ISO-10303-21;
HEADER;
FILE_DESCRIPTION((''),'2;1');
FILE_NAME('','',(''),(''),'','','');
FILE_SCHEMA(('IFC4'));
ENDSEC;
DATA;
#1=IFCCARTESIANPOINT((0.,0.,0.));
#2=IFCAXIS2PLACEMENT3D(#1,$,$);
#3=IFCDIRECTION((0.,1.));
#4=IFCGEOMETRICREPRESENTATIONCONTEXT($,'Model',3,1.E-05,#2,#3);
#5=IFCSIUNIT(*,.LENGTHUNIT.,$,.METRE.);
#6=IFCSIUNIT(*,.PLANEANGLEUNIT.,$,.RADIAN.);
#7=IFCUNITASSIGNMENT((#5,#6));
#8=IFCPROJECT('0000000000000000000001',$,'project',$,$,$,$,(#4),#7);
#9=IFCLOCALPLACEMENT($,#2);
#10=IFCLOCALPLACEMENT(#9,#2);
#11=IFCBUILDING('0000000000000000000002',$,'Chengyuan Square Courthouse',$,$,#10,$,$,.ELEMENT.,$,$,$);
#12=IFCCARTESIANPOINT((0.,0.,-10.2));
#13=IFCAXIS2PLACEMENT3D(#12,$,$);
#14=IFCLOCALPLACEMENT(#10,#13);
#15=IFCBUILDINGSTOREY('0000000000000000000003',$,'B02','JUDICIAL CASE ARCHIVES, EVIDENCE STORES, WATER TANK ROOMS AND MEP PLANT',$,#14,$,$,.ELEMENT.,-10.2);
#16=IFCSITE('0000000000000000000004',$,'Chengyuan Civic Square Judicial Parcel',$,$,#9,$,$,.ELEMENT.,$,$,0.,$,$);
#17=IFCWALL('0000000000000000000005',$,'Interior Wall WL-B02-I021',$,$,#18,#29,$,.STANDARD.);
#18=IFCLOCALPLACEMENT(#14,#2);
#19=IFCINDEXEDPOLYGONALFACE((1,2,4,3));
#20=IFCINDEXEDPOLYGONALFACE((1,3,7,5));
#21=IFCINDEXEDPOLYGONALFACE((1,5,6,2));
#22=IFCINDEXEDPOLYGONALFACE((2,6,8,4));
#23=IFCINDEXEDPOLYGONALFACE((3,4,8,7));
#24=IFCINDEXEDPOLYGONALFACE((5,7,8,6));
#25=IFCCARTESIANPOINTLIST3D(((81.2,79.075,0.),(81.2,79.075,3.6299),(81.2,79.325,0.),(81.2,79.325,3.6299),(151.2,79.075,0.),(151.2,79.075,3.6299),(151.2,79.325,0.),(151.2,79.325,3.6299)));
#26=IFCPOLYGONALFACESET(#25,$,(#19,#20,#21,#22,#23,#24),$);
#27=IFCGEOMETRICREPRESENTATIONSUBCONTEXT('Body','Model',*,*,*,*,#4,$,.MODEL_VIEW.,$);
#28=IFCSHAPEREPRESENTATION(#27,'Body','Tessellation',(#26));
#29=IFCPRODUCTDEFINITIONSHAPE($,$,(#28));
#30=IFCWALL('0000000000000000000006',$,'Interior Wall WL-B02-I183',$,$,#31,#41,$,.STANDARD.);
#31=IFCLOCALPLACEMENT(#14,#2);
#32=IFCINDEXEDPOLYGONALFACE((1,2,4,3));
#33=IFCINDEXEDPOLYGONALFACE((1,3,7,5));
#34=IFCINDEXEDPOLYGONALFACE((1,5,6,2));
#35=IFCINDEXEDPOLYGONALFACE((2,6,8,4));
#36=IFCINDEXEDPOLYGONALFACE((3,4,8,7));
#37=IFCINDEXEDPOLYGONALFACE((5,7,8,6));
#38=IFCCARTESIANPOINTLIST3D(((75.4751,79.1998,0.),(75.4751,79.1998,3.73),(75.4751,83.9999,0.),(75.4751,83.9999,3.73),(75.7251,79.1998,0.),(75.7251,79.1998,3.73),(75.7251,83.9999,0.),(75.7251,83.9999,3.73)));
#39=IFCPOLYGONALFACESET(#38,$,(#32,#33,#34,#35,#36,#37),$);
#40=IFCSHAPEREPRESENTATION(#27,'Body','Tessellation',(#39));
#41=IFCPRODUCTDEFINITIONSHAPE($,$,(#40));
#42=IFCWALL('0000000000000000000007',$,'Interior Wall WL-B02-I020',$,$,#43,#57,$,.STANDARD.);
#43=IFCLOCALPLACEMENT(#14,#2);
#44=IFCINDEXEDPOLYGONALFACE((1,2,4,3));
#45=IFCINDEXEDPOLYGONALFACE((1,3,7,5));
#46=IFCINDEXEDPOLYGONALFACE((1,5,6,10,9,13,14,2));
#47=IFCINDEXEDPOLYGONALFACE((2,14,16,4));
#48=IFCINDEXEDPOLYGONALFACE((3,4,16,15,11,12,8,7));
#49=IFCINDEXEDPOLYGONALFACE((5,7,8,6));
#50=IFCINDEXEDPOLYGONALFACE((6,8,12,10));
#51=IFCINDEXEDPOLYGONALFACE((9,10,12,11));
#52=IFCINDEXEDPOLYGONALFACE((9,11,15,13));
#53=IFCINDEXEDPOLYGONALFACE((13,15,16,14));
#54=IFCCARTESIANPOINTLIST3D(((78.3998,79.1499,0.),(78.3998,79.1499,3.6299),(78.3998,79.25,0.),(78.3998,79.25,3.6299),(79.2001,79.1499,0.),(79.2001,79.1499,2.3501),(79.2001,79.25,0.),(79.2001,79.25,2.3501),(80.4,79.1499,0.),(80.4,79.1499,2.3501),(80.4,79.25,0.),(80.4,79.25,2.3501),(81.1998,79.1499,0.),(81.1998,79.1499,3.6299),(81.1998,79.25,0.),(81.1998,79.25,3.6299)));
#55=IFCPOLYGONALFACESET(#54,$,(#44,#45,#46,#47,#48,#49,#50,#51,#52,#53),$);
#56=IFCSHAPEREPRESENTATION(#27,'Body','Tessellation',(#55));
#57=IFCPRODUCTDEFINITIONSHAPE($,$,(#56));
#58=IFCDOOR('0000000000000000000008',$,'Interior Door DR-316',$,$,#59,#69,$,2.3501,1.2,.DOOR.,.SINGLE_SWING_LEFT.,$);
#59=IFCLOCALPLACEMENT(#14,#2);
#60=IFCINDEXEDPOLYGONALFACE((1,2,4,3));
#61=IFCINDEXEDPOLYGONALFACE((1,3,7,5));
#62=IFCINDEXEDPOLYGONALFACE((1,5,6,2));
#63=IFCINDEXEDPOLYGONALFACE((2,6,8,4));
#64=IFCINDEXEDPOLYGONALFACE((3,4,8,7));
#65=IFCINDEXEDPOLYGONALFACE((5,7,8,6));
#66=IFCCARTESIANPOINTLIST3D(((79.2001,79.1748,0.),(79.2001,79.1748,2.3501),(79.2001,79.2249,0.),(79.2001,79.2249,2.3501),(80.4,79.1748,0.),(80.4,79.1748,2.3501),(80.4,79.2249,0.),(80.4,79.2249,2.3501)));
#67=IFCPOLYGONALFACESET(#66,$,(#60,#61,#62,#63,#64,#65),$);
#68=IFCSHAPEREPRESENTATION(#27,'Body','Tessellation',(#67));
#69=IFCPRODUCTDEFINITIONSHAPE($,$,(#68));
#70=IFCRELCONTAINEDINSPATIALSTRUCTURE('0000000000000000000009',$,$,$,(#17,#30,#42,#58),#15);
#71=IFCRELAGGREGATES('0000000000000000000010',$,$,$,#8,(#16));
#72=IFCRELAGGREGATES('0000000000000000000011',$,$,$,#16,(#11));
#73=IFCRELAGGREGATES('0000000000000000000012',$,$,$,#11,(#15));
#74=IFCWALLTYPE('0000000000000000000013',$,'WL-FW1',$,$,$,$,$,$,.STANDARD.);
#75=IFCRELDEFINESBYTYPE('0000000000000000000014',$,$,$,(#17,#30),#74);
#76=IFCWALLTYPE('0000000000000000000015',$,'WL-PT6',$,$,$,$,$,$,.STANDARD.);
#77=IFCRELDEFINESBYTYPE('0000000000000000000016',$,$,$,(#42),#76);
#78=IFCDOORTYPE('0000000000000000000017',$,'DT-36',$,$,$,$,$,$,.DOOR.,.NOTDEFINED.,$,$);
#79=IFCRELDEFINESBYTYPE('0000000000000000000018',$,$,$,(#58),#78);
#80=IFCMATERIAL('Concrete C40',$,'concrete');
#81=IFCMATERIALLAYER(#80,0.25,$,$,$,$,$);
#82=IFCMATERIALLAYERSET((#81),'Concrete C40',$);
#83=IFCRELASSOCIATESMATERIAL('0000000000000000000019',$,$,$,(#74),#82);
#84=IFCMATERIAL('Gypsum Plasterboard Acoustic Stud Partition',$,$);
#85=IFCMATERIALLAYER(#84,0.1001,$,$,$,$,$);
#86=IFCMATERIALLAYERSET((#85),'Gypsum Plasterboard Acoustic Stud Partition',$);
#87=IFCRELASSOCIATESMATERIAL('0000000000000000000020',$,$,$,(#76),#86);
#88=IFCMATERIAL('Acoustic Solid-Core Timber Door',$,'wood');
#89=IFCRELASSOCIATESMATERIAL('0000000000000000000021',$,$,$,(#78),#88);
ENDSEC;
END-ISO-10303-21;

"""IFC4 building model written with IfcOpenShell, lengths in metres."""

from ifc_helpers import new_model, si_unit, direction, frame, frame_2d, origin, place, context, subcontext, project, spatial, rectangle, extrude, material, layer, layer_set, type_object, element, fill, save


model = new_model("IFC4")

# Units and contexts
model_context = context("Model", 3, precision=1e-05, world=origin(), true_north=direction((0.0, 1.0)))
body_context = subcontext(model_context, "Body", "Model", "MODEL_VIEW")
ifc_project = project(units=[si_unit("LENGTHUNIT", "METRE"), si_unit("PLANEANGLEUNIT", "RADIAN")], contexts=[model_context])

# Site, building, storey
site_placement = place(None, origin())
site = spatial("IfcSite", under=ifc_project, at=site_placement, Name="Chengyuan Civic Square Judicial Parcel", CompositionType="ELEMENT", RefElevation=0.0)
building_placement = place(site_placement, origin())
building = spatial("IfcBuilding", under=site, at=building_placement, Name="Chengyuan Square Courthouse", CompositionType="ELEMENT")
storey_placement = place(building_placement, frame((0.0, 0.0, -10.2)))
storey = spatial("IfcBuildingStorey", under=building, at=storey_placement, Name="B02", Description="JUDICIAL CASE ARCHIVES, EVIDENCE STORES, WATER TANK ROOMS AND MEP PLANT", CompositionType="ELEMENT", Elevation=-10.2)

# Shared definitions
ifc_material_1 = material(Name="Concrete C40", Category="concrete")

# Walls
ifc_layer_1 = layer(ifc_material_1, 0.25)
ifc_layer_set_1 = layer_set([ifc_layer_1], Name="Concrete C40")
wall_type_1 = type_object("IfcWallType", Name="WL-FW1", PredefinedType="STANDARD", material=ifc_layer_set_1)
wall_1_placement = place(storey_placement, frame((81.2, 79.2, 0.0), z_axis=(0.0, 0.0, 1.0), x_axis=(1.0, 0.0, 0.0)))
element("IfcWall", 1, at=wall_1_placement, inside=storey, type_object=wall_type_1, Name="Interior Wall WL-B02-I021", PredefinedType="STANDARD", context=body_context, shape_type="SweptSolid", body=[
    extrude(rectangle(XDim=70.0, YDim=0.25, at=frame_2d((35.0, 0.0))), origin(), (0.0, 0.0, 1.0), 3.6299),
])
wall_2_placement = place(storey_placement, frame((75.6001, 79.2, 0.0), z_axis=(0.0, 0.0, 1.0), x_axis=(0.0, 1.0, 0.0)))
element("IfcWall", 2, at=wall_2_placement, inside=storey, type_object=wall_type_1, Name="Interior Wall WL-B02-I183", PredefinedType="STANDARD", context=body_context, shape_type="SweptSolid", body=[
    extrude(rectangle(XDim=4.8, YDim=0.25, at=frame_2d((2.3999, 0.0))), origin(), (0.0, 0.0, 1.0), 3.73),
])

# Wall, opening, door
ifc_material_2 = material(Name="Gypsum Plasterboard Acoustic Stud Partition")
ifc_layer_2 = layer(ifc_material_2, 0.1001)
ifc_layer_set_2 = layer_set([ifc_layer_2], Name="Gypsum Plasterboard Acoustic Stud Partition")
wall_type_2 = type_object("IfcWallType", Name="WL-PT6", PredefinedType="STANDARD", material=ifc_layer_set_2)
wall_3_placement = place(storey_placement, frame((78.3999, 79.2, 0.0), z_axis=(0.0, 0.0, 1.0), x_axis=(1.0, 0.0, 0.0)))
wall_3 = element("IfcWall", 3, at=wall_3_placement, inside=storey, type_object=wall_type_2, Name="Interior Wall WL-B02-I020", PredefinedType="STANDARD", context=body_context, shape_type="SweptSolid", body=[
    extrude(rectangle(XDim=2.8, YDim=0.1001, at=frame_2d((1.3999, 0.0))), origin(), (0.0, 0.0, 1.0), 3.6299),
])
opening_placement = place(wall_3_placement, frame((0.8, 0.0, 0.0)))
opening = element("IfcOpeningElement", 4, at=opening_placement, cuts=wall_3, PredefinedType="OPENING", context=body_context, shape_type="SweptSolid", body=[
    extrude(rectangle(XDim=1.2, YDim=2.3501, at=frame_2d((0.6001, 1.175))), frame((0.0, 0.062, 0.0), z_axis=(0.0, -1.0, 0.0), x_axis=(1.0, 0.0, 0.0)), (0.0, 0.0, 1.0), 0.124),
])
ifc_material_3 = material(Name="Acoustic Solid-Core Timber Door", Category="wood")
door_type = type_object("IfcDoorType", Name="DT-36", OperationType="NOTDEFINED", PredefinedType="DOOR", material=ifc_material_3)
door_placement = place(opening_placement, origin())
door = element("IfcDoor", 5, at=door_placement, inside=storey, type_object=door_type, Name="Interior Door DR-316", OperationType="SINGLE_SWING_LEFT", OverallHeight=2.3501, OverallWidth=1.2, PredefinedType="DOOR", context=body_context, shape_type="SweptSolid", body=[
    extrude(rectangle(XDim=1.2, YDim=2.3501, at=frame_2d((0.6001, 1.175))), frame((0.0, 0.0249, 0.0), z_axis=(0.0, -1.0, 0.0), x_axis=(1.0, 0.0, 0.0)), (0.0, 0.0, 1.0), 0.05),
])
fill(opening, door)

save(model, "model.ifc")
